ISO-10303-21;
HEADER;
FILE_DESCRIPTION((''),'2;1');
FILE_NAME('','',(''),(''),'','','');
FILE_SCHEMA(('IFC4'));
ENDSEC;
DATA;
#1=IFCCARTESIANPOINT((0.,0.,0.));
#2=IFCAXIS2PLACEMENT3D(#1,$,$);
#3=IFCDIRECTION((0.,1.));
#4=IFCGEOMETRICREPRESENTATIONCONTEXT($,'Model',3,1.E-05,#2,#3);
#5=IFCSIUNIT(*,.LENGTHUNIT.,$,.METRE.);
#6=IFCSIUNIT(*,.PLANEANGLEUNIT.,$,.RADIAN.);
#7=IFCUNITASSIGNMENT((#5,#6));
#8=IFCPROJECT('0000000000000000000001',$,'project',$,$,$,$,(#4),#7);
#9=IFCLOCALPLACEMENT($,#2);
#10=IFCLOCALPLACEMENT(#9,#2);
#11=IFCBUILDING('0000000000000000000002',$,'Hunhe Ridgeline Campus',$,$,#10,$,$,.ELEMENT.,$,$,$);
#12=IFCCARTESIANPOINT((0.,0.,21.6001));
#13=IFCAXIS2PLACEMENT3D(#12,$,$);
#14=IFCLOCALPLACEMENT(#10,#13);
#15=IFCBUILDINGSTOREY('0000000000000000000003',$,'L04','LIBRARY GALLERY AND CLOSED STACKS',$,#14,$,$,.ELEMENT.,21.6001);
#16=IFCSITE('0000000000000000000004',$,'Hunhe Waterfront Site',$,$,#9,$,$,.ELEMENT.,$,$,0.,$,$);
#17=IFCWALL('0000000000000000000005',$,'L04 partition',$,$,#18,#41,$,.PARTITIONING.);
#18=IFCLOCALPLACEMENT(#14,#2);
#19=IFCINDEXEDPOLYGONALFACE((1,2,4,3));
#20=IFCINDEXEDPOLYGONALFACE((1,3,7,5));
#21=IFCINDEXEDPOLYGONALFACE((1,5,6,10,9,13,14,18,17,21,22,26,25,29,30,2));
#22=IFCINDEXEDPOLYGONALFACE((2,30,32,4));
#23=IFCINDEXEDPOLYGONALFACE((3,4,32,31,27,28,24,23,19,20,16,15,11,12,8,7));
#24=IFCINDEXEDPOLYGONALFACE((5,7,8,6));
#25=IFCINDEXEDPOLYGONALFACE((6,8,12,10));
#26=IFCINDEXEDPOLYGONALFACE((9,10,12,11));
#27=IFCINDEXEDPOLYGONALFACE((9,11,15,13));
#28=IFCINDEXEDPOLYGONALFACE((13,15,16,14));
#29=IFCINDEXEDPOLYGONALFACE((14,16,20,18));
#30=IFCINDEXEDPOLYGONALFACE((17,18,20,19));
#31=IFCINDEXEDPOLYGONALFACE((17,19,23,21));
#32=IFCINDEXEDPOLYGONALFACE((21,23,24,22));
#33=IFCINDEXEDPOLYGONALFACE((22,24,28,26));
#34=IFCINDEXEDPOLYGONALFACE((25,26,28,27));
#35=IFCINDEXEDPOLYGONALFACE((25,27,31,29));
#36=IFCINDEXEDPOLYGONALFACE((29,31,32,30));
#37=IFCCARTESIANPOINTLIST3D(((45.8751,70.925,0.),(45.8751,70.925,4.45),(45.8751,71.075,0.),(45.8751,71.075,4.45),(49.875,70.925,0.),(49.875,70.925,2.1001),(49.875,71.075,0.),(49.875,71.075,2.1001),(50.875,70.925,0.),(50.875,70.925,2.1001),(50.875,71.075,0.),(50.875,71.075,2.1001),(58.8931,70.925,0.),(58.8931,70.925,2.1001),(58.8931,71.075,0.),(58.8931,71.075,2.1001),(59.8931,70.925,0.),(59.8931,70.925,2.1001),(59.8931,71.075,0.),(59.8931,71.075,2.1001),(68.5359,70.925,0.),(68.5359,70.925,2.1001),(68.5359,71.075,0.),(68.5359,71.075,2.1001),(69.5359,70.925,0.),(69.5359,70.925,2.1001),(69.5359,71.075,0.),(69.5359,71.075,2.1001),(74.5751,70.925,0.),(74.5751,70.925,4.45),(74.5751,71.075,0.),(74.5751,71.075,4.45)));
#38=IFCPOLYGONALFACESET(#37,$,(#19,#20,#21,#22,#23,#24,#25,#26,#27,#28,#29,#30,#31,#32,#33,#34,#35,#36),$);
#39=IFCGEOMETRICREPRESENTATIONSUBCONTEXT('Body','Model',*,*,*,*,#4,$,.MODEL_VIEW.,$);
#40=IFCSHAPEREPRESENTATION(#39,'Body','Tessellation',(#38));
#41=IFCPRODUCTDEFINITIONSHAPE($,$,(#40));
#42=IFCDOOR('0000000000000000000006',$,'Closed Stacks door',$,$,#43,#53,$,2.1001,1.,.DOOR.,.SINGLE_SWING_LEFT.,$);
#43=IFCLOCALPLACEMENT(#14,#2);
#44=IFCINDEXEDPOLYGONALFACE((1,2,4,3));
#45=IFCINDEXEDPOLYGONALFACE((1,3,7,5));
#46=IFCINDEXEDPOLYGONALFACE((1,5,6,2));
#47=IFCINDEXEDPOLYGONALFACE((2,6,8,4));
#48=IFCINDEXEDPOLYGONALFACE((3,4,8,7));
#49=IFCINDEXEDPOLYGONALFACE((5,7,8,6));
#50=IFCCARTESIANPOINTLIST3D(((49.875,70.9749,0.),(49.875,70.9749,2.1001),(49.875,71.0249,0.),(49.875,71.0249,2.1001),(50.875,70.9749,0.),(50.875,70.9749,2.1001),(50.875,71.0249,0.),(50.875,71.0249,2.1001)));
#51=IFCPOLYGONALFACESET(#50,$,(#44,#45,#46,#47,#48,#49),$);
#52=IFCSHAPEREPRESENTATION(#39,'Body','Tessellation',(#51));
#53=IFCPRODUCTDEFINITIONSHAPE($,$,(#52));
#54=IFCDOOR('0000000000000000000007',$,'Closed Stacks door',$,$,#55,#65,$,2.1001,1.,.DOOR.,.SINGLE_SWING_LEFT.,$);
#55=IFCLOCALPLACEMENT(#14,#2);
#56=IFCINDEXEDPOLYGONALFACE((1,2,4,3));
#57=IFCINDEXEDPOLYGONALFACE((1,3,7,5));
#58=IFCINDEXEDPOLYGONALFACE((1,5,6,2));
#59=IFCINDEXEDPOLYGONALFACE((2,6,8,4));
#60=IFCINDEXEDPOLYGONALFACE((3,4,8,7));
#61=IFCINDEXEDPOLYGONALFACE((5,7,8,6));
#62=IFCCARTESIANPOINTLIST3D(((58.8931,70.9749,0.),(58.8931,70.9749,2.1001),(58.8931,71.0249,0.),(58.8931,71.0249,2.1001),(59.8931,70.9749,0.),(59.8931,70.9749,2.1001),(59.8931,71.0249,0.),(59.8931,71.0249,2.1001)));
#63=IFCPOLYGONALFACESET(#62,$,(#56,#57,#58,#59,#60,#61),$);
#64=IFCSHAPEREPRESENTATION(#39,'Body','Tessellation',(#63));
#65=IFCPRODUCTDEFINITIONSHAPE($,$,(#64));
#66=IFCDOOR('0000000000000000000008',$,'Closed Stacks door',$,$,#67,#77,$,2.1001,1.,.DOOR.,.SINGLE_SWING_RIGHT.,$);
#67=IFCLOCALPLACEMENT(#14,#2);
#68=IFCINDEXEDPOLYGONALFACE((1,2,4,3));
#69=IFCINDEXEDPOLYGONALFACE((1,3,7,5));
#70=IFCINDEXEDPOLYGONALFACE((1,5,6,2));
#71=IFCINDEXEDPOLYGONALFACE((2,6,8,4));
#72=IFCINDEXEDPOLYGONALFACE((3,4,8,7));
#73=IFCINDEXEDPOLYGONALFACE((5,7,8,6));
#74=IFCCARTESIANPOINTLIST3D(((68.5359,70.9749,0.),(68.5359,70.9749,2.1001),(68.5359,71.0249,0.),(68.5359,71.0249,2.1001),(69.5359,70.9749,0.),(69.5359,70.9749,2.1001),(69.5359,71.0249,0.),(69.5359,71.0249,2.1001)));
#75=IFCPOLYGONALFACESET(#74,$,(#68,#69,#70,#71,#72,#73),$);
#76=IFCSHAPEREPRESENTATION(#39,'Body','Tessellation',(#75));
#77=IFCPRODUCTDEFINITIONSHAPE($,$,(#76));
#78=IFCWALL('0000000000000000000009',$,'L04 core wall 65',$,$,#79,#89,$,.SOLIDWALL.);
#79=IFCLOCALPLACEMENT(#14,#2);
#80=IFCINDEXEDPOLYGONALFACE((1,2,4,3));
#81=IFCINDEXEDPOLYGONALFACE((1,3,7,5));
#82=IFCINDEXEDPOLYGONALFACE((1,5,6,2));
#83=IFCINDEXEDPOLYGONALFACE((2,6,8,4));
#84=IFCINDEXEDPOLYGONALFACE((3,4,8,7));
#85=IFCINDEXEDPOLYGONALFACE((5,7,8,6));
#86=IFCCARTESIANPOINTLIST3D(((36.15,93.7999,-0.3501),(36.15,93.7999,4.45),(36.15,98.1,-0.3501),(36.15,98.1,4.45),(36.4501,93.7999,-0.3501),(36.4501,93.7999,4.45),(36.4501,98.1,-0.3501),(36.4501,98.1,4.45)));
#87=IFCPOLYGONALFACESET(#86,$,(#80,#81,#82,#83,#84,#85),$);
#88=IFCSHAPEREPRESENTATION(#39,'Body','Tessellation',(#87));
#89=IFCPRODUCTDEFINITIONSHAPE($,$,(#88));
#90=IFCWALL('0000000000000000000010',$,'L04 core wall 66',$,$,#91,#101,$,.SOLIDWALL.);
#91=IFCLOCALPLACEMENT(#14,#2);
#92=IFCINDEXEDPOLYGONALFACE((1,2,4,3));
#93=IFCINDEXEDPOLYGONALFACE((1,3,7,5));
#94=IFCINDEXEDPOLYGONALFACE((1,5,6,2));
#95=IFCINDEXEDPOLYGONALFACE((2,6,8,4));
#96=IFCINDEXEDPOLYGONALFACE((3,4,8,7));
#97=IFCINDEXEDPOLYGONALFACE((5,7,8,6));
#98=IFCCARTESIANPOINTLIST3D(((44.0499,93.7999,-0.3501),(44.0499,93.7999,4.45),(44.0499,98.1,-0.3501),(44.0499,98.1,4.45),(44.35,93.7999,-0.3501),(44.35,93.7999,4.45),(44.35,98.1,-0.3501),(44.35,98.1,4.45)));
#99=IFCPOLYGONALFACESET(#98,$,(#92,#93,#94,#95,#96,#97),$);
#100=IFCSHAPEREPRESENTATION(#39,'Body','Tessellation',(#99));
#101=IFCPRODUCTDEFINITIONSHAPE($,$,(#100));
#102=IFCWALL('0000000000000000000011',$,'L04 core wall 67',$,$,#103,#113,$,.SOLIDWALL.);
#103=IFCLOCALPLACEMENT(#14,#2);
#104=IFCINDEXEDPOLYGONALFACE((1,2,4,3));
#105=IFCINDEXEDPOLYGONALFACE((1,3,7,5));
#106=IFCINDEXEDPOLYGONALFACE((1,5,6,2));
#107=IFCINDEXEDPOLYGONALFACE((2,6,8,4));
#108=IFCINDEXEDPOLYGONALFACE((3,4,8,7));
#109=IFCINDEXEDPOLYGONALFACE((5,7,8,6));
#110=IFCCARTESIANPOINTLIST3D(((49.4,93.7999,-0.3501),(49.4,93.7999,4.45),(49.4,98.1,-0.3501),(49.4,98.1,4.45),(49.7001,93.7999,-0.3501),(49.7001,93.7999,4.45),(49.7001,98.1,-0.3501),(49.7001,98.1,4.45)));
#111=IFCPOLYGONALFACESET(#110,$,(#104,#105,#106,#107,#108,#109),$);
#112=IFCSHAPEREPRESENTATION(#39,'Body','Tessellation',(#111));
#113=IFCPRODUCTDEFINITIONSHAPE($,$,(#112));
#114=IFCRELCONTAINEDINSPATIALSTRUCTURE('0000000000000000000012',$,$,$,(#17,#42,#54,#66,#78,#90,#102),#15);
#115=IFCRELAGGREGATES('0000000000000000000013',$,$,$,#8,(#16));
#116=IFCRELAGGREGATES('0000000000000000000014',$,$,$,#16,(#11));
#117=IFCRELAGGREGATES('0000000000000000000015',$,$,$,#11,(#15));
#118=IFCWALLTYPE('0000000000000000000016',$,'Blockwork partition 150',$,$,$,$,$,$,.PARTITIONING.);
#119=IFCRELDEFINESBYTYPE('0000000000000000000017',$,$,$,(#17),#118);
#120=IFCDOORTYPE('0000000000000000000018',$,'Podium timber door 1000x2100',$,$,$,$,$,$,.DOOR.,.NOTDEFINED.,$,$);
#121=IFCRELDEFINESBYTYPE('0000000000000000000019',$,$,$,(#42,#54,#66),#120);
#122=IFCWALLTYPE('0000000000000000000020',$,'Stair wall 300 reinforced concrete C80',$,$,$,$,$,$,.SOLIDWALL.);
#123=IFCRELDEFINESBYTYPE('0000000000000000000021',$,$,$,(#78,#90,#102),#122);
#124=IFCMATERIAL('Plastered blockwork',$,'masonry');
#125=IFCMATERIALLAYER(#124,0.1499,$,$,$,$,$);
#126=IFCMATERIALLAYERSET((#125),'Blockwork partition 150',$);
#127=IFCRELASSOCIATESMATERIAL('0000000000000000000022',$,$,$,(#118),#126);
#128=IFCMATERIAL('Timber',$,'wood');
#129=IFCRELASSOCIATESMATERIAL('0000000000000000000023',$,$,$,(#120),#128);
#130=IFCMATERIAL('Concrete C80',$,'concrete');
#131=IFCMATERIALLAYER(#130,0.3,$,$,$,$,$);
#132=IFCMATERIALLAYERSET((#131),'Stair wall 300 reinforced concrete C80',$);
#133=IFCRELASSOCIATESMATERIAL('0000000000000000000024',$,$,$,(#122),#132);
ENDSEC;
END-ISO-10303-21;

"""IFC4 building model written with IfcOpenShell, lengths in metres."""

from ifc_helpers import new_model, si_unit, direction, frame, frame_2d, origin, place, context, subcontext, project, spatial, rectangle, extrude, material, layer, layer_set, type_object, element, fill, save


model = new_model("IFC4")

# Units and contexts
model_context = context("Model", 3, precision=1e-05, world=origin(), true_north=direction((0.0, 1.0)))
body_context = subcontext(model_context, "Body", "Model", "MODEL_VIEW")
ifc_project = project(units=[si_unit("LENGTHUNIT", "METRE"), si_unit("PLANEANGLEUNIT", "RADIAN")], contexts=[model_context])

# Site, building, storey
site_placement = place(None, origin())
site = spatial("IfcSite", under=ifc_project, at=site_placement, Name="Hunhe Waterfront Site", CompositionType="ELEMENT", RefElevation=0.0)
building_placement = place(site_placement, origin())
building = spatial("IfcBuilding", under=site, at=building_placement, Name="Hunhe Ridgeline Campus", CompositionType="ELEMENT")
storey_placement = place(building_placement, frame((0.0, 0.0, 21.6001)))
storey = spatial("IfcBuildingStorey", under=building, at=storey_placement, Name="L04", Description="LIBRARY GALLERY AND CLOSED STACKS", CompositionType="ELEMENT", Elevation=21.6001)

# Shared definitions
ifc_material_1 = material(Name="Concrete C80", Category="concrete")

# Shared definitions
ifc_material_2 = material(Name="Plastered blockwork", Category="masonry")
ifc_layer_1 = layer(ifc_material_2, 0.1499)
ifc_layer_set_1 = layer_set([ifc_layer_1], Name="Blockwork partition 150")
wall_type_1 = type_object("IfcWallType", Name="Blockwork partition 150", PredefinedType="PARTITIONING", material=ifc_layer_set_1)

# Shared definitions
ifc_material_3 = material(Name="Timber", Category="wood")
door_type_1 = type_object("IfcDoorType", Name="Podium timber door 1000x2100", OperationType="NOTDEFINED", PredefinedType="DOOR", material=ifc_material_3)

# Wall, openings, doors
wall_1_placement = place(storey_placement, frame((45.875, 71.0, 0.0), z_axis=(0.0, 0.0, 1.0), x_axis=(1.0, 0.0, 0.0)))
wall_1 = element("IfcWall", 1, at=wall_1_placement, inside=storey, type_object=wall_type_1, Name="L04 partition", PredefinedType="PARTITIONING", context=body_context, shape_type="SweptSolid", body=[
    extrude(rectangle(XDim=28.7, YDim=0.1499, at=frame_2d((14.3501, 0.0))), origin(), (0.0, 0.0, 1.0), 4.45),
])
opening_1_placement = place(wall_1_placement, frame((4.0, 0.0, 0.0)))
opening_1 = element("IfcOpeningElement", 2, at=opening_1_placement, cuts=wall_1, PredefinedType="OPENING", context=body_context, shape_type="SweptSolid", body=[
    extrude(rectangle(XDim=1.0, YDim=2.1001, at=frame_2d((0.5, 1.05))), frame((0.0, 0.075, 0.0), z_axis=(0.0, -1.0, 0.0), x_axis=(1.0, 0.0, 0.0)), (0.0, 0.0, 1.0), 0.1499),
])
opening_2_placement = place(wall_1_placement, frame((13.0181, 0.0, 0.0)))
opening_2 = element("IfcOpeningElement", 3, at=opening_2_placement, cuts=wall_1, PredefinedType="OPENING", context=body_context, shape_type="SweptSolid", body=[
    extrude(rectangle(XDim=1.0, YDim=2.1001, at=frame_2d((0.5, 1.05))), frame((0.0, 0.075, 0.0), z_axis=(0.0, -1.0, 0.0), x_axis=(1.0, 0.0, 0.0)), (0.0, 0.0, 1.0), 0.1499),
])
opening_3_placement = place(wall_1_placement, frame((22.6609, 0.0, 0.0)))
opening_3 = element("IfcOpeningElement", 4, at=opening_3_placement, cuts=wall_1, PredefinedType="OPENING", context=body_context, shape_type="SweptSolid", body=[
    extrude(rectangle(XDim=1.0, YDim=2.1001, at=frame_2d((0.5, 1.05))), frame((0.0, 0.075, 0.0), z_axis=(0.0, -1.0, 0.0), x_axis=(1.0, 0.0, 0.0)), (0.0, 0.0, 1.0), 0.1499),
])
door_1_placement = place(opening_1_placement, origin())
door_1 = element("IfcDoor", 5, at=door_1_placement, inside=storey, type_object=door_type_1, Name="Closed Stacks door", OperationType="SINGLE_SWING_LEFT", OverallHeight=2.1001, OverallWidth=1.0, PredefinedType="DOOR", context=body_context, shape_type="SweptSolid", body=[
    extrude(rectangle(XDim=1.0, YDim=2.1001, at=frame_2d((0.5, 1.05))), frame((0.0, 0.0249, 0.0), z_axis=(0.0, -1.0, 0.0), x_axis=(1.0, 0.0, 0.0)), (0.0, 0.0, 1.0), 0.05),
])
fill(opening_1, door_1)
door_2_placement = place(opening_2_placement, origin())
door_2 = element("IfcDoor", 6, at=door_2_placement, inside=storey, type_object=door_type_1, Name="Closed Stacks door", OperationType="SINGLE_SWING_LEFT", OverallHeight=2.1001, OverallWidth=1.0, PredefinedType="DOOR", context=body_context, shape_type="SweptSolid", body=[
    extrude(rectangle(XDim=1.0, YDim=2.1001, at=frame_2d((0.5, 1.05))), frame((0.0, 0.0249, 0.0), z_axis=(0.0, -1.0, 0.0), x_axis=(1.0, 0.0, 0.0)), (0.0, 0.0, 1.0), 0.05),
])
fill(opening_2, door_2)
door_3_placement = place(opening_3_placement, origin())
door_3 = element("IfcDoor", 7, at=door_3_placement, inside=storey, type_object=door_type_1, Name="Closed Stacks door", OperationType="SINGLE_SWING_RIGHT", OverallHeight=2.1001, OverallWidth=1.0, PredefinedType="DOOR", context=body_context, shape_type="SweptSolid", body=[
    extrude(rectangle(XDim=1.0, YDim=2.1001, at=frame_2d((0.5, 1.05))), frame((0.0, 0.0249, 0.0), z_axis=(0.0, -1.0, 0.0), x_axis=(1.0, 0.0, 0.0)), (0.0, 0.0, 1.0), 0.05),
])
fill(opening_3, door_3)

# Shared definitions
ifc_layer_2 = layer(ifc_material_1, 0.3)
ifc_layer_set_2 = layer_set([ifc_layer_2], Name="Stair wall 300 reinforced concrete C80")
wall_type_2 = type_object("IfcWallType", Name="Stair wall 300 reinforced concrete C80", PredefinedType="SOLIDWALL", material=ifc_layer_set_2)

# Walls
for number, where, z_axis, x_axis, name in (
    (8, (36.3, 93.8, -0.3501), (0.0, 0.0, 1.0), (0.0, 1.0, 0.0), "L04 core wall 65"),
    (9, (44.2, 93.8, -0.3501), (0.0, 0.0, 1.0), (0.0, 1.0, 0.0), "L04 core wall 66"),
    (10, (49.55, 93.8, -0.3501), (0.0, 0.0, 1.0), (0.0, 1.0, 0.0), "L04 core wall 67"),
):
    element("IfcWall", number, at=place(storey_placement, frame(where, z_axis=z_axis, x_axis=x_axis)), inside=storey, type_object=wall_type_2, Name=name, PredefinedType="SOLIDWALL", context=body_context, shape_type="SweptSolid", body=[
        extrude(rectangle(XDim=4.3, YDim=0.3, at=frame_2d((2.1499, 0.0))), origin(), (0.0, 0.0, 1.0), 4.8),
    ])

save(model, "model.ifc")
